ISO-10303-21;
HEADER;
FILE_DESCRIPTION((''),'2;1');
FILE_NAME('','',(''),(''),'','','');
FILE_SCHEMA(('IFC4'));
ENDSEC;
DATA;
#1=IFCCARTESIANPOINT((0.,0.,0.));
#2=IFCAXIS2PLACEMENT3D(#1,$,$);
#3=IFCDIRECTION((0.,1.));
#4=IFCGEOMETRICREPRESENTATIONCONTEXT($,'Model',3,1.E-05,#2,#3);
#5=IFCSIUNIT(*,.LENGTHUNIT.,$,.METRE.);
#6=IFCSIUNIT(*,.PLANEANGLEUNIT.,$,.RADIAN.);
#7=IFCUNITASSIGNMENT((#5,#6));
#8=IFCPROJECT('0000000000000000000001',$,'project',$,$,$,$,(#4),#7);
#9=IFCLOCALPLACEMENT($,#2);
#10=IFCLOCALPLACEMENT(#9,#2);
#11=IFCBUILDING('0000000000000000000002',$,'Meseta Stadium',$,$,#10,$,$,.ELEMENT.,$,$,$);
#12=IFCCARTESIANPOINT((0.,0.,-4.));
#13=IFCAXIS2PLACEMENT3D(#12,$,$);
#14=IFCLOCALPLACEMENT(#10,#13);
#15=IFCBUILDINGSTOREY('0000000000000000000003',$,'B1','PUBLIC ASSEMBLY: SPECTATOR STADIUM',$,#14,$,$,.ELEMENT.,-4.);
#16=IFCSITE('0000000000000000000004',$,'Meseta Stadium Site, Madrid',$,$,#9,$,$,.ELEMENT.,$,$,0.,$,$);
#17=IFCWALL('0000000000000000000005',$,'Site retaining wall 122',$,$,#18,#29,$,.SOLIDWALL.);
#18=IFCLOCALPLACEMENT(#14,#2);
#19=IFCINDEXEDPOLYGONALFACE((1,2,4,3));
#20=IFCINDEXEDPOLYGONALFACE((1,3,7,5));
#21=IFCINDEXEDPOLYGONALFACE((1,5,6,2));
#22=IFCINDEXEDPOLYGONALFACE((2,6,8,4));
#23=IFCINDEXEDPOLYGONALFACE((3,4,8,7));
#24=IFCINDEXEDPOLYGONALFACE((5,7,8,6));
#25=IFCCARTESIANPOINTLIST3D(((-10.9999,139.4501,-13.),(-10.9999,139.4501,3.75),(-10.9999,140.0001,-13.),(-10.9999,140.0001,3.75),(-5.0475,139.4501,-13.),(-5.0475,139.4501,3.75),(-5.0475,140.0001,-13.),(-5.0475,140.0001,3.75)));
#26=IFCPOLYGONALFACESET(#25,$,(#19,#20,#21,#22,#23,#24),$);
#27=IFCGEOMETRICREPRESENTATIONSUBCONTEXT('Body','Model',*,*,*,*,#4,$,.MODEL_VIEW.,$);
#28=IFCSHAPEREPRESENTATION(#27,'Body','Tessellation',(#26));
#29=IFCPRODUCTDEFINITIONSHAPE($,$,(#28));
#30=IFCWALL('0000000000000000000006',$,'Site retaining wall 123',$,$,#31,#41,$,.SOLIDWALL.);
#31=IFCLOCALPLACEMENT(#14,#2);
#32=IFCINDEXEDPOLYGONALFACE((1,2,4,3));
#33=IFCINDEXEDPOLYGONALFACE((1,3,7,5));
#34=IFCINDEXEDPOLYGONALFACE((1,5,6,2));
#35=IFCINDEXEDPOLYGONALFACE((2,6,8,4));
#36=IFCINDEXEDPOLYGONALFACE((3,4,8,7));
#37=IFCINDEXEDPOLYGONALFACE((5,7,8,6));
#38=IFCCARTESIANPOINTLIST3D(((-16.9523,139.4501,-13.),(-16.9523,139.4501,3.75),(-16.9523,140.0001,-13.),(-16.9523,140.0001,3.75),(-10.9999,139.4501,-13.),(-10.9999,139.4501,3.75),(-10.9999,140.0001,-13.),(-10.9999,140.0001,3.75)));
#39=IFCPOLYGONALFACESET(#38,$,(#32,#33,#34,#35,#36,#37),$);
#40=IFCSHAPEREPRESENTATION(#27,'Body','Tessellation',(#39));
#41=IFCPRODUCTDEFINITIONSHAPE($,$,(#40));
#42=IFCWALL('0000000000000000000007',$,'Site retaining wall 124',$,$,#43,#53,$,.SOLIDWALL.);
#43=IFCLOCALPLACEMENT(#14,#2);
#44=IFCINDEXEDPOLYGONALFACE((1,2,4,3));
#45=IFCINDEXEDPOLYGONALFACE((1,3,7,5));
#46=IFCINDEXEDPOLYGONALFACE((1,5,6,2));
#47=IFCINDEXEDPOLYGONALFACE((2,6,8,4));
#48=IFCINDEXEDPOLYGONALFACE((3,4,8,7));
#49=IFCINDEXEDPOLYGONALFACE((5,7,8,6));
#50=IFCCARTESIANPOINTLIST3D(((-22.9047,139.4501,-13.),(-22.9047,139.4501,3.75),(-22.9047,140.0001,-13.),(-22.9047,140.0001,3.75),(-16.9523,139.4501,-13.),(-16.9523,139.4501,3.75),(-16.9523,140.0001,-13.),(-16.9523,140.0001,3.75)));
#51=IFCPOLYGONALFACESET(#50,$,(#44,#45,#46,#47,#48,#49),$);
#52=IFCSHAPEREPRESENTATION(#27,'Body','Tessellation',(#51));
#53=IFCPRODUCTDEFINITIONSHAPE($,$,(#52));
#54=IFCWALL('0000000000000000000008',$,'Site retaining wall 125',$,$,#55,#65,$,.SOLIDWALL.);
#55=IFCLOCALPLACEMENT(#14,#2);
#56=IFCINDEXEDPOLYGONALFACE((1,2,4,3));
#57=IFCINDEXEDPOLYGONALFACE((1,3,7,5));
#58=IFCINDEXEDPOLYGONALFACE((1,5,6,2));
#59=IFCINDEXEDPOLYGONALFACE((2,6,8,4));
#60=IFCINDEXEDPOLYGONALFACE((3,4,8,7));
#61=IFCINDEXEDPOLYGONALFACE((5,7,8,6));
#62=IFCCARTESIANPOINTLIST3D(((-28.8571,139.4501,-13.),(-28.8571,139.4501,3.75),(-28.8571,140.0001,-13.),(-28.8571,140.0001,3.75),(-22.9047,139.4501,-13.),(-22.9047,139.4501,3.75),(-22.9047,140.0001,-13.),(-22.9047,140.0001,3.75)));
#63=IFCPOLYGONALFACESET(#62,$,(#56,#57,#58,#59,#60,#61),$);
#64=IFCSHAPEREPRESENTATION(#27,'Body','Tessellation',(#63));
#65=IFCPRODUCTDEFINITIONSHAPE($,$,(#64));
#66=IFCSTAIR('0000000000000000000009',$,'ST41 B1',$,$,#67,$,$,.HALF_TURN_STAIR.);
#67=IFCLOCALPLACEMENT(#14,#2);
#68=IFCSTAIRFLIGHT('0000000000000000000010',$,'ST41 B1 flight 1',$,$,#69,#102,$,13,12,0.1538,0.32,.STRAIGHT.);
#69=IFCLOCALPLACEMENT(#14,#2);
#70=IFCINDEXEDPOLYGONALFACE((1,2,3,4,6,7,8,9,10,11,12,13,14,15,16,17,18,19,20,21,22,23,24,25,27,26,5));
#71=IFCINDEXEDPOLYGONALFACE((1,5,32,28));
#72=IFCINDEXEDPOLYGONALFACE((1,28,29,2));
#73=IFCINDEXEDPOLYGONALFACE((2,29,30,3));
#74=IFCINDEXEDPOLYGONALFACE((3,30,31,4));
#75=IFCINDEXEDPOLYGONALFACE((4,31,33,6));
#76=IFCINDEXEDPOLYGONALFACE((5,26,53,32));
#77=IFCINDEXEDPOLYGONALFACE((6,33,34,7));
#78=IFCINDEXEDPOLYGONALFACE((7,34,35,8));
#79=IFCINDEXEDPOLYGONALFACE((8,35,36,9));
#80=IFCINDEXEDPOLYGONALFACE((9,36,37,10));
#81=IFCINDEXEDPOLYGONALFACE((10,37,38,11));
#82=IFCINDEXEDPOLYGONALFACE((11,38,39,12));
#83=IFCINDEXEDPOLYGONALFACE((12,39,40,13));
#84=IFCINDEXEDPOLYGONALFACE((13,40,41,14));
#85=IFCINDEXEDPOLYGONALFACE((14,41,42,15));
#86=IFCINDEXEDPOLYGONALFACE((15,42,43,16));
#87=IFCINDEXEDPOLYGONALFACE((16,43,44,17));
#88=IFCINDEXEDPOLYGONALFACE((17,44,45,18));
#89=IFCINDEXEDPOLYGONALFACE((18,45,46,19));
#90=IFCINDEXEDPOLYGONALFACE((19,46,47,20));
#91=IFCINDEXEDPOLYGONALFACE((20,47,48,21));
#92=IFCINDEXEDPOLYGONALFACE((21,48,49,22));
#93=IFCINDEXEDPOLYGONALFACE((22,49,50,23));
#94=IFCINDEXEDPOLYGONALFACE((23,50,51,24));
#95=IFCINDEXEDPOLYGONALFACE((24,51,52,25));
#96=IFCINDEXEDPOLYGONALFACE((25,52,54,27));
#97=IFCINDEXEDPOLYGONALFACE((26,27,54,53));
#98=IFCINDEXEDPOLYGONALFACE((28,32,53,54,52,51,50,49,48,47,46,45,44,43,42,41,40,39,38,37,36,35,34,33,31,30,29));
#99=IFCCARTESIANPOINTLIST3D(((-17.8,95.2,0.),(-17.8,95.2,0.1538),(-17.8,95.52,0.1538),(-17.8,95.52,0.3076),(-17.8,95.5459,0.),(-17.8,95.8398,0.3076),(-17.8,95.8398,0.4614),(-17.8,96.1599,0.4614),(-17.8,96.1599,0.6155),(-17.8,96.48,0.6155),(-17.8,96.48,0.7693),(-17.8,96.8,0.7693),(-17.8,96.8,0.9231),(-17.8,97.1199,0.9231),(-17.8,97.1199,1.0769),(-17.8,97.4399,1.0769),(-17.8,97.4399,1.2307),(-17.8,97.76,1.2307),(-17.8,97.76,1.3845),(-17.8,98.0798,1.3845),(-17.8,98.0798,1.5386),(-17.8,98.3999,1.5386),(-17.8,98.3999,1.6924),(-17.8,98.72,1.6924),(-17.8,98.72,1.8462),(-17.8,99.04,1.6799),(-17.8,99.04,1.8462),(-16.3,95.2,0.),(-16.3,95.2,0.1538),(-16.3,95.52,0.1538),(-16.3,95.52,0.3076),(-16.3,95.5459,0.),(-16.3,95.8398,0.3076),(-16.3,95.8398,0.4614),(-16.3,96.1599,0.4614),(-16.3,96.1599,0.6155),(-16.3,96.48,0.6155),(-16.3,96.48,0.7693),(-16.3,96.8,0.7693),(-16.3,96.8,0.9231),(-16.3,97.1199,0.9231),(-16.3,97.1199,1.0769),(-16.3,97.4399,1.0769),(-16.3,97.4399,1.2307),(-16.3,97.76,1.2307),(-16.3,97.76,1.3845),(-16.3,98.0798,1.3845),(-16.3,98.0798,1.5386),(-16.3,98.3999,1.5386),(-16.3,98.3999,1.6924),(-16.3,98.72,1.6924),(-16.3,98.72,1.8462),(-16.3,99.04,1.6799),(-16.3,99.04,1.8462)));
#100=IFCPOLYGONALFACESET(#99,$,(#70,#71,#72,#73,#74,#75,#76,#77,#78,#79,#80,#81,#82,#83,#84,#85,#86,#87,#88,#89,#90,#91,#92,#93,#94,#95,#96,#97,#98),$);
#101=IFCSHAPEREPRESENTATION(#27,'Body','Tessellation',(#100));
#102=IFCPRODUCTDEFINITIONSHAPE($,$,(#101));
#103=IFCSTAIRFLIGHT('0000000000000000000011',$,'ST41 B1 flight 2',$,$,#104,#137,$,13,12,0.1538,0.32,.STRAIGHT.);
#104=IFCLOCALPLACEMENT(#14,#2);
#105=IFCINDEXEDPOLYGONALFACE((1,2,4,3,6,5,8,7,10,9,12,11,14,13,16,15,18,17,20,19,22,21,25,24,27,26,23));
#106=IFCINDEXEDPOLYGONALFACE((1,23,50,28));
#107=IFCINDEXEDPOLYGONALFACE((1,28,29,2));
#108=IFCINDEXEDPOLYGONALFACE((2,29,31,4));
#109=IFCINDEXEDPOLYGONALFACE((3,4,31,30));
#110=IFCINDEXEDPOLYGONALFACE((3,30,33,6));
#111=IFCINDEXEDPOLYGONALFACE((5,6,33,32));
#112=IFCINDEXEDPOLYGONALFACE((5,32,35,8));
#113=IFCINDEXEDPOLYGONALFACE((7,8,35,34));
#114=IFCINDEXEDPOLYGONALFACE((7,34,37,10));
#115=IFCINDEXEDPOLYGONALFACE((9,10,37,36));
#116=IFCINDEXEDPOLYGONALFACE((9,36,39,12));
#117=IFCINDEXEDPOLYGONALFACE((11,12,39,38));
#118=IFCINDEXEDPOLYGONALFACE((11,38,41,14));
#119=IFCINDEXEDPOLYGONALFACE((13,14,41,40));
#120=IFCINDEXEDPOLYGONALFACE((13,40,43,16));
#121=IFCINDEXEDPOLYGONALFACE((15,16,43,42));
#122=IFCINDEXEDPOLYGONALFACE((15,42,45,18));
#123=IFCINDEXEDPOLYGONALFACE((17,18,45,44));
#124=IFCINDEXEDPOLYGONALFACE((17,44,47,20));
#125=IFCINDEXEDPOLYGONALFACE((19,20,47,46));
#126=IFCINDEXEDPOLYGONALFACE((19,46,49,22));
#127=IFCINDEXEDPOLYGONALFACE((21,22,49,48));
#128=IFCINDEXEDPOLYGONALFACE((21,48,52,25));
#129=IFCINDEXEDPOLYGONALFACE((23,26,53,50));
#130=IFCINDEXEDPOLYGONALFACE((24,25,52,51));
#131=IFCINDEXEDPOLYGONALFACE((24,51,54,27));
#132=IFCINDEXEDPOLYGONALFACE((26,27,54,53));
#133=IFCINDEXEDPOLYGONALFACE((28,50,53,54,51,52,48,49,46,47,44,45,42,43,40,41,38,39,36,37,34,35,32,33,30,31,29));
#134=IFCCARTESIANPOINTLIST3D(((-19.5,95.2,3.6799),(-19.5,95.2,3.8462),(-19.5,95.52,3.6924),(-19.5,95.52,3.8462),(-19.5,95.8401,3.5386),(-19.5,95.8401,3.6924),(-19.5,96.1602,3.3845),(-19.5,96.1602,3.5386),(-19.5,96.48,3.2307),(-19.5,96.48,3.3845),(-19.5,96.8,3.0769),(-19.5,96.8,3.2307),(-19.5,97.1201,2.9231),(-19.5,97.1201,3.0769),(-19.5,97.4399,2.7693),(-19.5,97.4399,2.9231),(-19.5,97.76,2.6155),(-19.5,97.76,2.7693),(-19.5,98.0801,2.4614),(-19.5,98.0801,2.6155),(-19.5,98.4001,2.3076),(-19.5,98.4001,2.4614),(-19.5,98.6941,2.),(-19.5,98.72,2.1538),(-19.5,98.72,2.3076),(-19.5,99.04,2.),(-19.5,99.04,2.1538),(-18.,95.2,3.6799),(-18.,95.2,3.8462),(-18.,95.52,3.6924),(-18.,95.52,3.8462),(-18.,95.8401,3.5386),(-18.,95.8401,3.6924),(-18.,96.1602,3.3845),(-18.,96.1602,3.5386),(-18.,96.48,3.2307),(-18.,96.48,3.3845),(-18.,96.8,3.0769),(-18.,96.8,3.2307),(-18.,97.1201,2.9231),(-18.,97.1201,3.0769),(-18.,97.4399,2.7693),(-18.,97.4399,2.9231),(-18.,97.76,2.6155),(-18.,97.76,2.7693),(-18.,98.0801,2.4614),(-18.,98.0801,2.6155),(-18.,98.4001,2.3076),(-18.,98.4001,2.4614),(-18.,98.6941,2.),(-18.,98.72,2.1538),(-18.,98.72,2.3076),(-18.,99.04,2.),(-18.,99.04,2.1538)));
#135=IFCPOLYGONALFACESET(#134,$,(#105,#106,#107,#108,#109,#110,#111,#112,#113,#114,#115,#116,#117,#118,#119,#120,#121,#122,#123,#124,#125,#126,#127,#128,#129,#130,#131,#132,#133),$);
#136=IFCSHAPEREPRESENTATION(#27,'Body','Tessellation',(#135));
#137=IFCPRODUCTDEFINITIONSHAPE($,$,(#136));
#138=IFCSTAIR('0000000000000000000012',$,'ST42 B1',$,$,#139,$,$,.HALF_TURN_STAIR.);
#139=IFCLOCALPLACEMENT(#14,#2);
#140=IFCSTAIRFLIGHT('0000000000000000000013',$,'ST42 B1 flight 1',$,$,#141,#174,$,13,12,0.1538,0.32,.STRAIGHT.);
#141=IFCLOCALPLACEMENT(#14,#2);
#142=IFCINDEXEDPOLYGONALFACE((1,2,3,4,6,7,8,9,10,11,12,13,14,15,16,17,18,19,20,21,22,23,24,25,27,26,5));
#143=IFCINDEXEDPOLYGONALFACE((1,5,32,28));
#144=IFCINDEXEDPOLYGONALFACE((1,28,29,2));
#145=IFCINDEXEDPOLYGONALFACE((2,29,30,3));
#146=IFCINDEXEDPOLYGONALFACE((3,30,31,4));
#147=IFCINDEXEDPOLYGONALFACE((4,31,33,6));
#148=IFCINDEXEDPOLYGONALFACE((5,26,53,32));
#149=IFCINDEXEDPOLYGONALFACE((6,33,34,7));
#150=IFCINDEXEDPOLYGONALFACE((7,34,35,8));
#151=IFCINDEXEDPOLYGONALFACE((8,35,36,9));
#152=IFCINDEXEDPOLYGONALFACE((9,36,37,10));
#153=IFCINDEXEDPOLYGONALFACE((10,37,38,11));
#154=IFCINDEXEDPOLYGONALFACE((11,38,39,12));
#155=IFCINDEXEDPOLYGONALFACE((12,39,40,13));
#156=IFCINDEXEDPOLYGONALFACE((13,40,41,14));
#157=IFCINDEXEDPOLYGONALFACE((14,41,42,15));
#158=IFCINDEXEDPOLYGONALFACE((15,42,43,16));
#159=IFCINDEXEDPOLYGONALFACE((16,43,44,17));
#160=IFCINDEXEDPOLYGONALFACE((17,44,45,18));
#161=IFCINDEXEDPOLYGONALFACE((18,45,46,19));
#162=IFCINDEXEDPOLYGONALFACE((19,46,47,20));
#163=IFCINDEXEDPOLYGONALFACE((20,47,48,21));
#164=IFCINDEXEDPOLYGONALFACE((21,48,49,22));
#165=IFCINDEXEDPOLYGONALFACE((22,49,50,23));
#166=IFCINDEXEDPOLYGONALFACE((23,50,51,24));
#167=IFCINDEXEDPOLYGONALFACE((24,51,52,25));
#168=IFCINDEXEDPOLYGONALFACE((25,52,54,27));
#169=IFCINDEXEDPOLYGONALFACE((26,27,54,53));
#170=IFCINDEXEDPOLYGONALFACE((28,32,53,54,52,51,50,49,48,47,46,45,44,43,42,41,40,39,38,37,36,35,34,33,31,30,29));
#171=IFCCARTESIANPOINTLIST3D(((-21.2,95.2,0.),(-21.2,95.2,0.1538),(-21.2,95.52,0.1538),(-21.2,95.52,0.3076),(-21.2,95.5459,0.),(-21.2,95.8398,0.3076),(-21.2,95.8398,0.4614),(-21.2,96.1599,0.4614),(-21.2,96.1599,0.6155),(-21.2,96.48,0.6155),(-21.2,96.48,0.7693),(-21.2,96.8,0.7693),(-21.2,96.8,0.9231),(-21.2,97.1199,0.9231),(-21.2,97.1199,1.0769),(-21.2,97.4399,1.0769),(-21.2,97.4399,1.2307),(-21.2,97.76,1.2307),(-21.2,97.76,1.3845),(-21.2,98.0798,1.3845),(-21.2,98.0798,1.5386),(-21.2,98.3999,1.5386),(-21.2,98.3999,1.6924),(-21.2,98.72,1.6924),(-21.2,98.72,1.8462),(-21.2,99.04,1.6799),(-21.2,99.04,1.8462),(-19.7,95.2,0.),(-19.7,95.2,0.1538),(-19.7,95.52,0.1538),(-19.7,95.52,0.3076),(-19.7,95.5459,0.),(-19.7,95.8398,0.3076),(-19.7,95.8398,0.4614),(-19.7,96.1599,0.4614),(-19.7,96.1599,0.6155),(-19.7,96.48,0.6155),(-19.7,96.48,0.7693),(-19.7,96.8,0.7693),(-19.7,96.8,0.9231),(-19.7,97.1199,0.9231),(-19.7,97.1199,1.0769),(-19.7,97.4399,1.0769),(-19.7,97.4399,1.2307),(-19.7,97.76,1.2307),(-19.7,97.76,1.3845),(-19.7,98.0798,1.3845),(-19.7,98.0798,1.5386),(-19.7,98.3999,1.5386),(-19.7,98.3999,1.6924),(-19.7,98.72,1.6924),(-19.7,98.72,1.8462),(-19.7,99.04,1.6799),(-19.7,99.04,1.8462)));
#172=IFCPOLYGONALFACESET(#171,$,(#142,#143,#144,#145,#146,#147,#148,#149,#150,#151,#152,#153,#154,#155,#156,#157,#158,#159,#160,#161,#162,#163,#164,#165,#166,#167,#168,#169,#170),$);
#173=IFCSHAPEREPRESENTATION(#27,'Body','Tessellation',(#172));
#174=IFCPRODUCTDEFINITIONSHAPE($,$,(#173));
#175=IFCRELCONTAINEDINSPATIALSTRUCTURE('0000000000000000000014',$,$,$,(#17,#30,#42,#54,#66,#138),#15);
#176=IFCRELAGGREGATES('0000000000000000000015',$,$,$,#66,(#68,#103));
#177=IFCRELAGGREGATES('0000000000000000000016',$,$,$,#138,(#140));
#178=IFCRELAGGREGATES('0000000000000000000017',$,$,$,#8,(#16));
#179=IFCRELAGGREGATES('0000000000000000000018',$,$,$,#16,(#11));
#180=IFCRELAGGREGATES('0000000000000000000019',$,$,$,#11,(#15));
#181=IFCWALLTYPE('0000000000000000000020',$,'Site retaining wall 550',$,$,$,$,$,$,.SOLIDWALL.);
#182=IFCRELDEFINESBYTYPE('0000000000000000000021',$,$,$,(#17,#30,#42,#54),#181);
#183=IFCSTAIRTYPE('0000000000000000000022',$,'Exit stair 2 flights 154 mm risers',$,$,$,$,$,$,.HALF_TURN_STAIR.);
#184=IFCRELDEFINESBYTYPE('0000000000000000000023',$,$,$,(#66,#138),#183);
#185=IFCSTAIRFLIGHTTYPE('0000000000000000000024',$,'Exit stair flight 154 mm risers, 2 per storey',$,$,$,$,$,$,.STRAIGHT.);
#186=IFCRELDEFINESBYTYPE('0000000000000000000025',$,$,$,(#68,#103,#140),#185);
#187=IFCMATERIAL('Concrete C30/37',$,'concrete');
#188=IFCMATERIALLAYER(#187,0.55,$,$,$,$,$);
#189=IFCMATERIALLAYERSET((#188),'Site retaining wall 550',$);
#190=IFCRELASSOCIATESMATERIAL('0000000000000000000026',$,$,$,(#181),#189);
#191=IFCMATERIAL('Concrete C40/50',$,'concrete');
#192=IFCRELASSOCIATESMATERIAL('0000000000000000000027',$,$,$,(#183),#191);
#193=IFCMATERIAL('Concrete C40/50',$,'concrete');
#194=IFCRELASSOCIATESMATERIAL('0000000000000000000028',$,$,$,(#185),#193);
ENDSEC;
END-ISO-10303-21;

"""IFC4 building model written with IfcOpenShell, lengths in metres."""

from ifc_helpers import new_model, si_unit, direction, frame, frame_2d, origin, place, context, subcontext, project, spatial, polyline, rectangle, outline, extrude, material, layer, layer_set, type_object, element, aggregate, save


model = new_model("IFC4")

# Units and contexts
model_context = context("Model", 3, precision=1e-05, world=origin(), true_north=direction((0.0, 1.0)))
body_context = subcontext(model_context, "Body", "Model", "MODEL_VIEW")
ifc_project = project(units=[si_unit("LENGTHUNIT", "METRE"), si_unit("PLANEANGLEUNIT", "RADIAN")], contexts=[model_context])

# Site, building, storey
site_placement = place(None, origin())
site = spatial("IfcSite", under=ifc_project, at=site_placement, Name="Meseta Stadium Site, Madrid", CompositionType="ELEMENT", RefElevation=0.0)
building_placement = place(site_placement, origin())
building = spatial("IfcBuilding", under=site, at=building_placement, Name="Meseta Stadium", CompositionType="ELEMENT")
storey_placement = place(building_placement, frame((0.0, 0.0, -4.0)))
storey = spatial("IfcBuildingStorey", under=building, at=storey_placement, Name="B1", Description="PUBLIC ASSEMBLY: SPECTATOR STADIUM", CompositionType="ELEMENT", Elevation=-4.0)

# Walls
ifc_material_1 = material(Name="Concrete C30/37", Category="concrete")
ifc_layer_1 = layer(ifc_material_1, 0.55)
ifc_layer_set_1 = layer_set([ifc_layer_1], Name="Site retaining wall 550")
wall_type_1 = type_object("IfcWallType", Name="Site retaining wall 550", PredefinedType="SOLIDWALL", material=ifc_layer_set_1)
for number, where, z_axis, x_axis, name in (
    (1, (-5.0476, 139.7251, -13.0), (0.0, 0.0, 1.0), (-1.0, 0.0, 0.0), "Site retaining wall 122"),
    (2, (-11.0, 139.7251, -13.0), (0.0, 0.0, 1.0), (-1.0, 0.0, 0.0), "Site retaining wall 123"),
    (3, (-16.9524, 139.7251, -13.0), (0.0, 0.0, 1.0), (-1.0, 0.0, 0.0), "Site retaining wall 124"),
    (4, (-22.9048, 139.7251, -13.0), (0.0, 0.0, 1.0), (-1.0, 0.0, 0.0), "Site retaining wall 125"),
):
    element("IfcWall", number, at=place(storey_placement, frame(where, z_axis=z_axis, x_axis=x_axis)), inside=storey, type_object=wall_type_1, Name=name, PredefinedType="SOLIDWALL", context=body_context, shape_type="SweptSolid", body=[
        extrude(rectangle(XDim=5.9524, YDim=0.55, at=frame_2d((2.9761, 0.0))), origin(), (0.0, 0.0, 1.0), 16.75),
    ])

# Stairs, stair flights
ifc_material_2 = material(Name="Concrete C40/50", Category="concrete")
stair_type = type_object("IfcStairType", Name="Exit stair 2 flights 154 mm risers", PredefinedType="HALF_TURN_STAIR", material=ifc_material_2)
stair_1_placement = place(storey_placement, origin())
stair_1 = element("IfcStair", 5, at=stair_1_placement, inside=storey, type_object=stair_type, Name="ST41 B1", PredefinedType="HALF_TURN_STAIR")
ifc_material_3 = material(Name="Concrete C40/50", Category="concrete")
stair_flight_type = type_object("IfcStairFlightType", Name="Exit stair flight 154 mm risers, 2 per storey", PredefinedType="STRAIGHT", material=ifc_material_3)
stair_flight_1_placement = place(storey_placement, frame((-17.05, 95.2, 0.0), z_axis=(0.0, 0.0, 1.0), x_axis=(0.0, 1.0, 0.0)))
stair_flight_1 = element("IfcStairFlight", 6, at=stair_flight_1_placement, type_object=stair_flight_type, Name="ST41 B1 flight 1", NumberOfRisers=13, NumberOfTreads=12, PredefinedType="STRAIGHT", RiserHeight=0.1538, TreadLength=0.32, context=body_context, shape_type="SweptSolid", body=[
    extrude(outline(polyline([(0.0, 0.0), (0.0, 0.1538), (0.3201, 0.1538), (0.3201, 0.3076), (0.6399, 0.3076), (0.6399, 0.4614), (0.96, 0.4614), (0.96, 0.6155), (1.28, 0.6155), (1.28, 0.7693), (1.6001, 0.7693), (1.6001, 0.9231), (1.9199, 0.9231), (1.9199, 1.0769), (2.24, 1.0769), (2.24, 1.2307), (2.5601, 1.2307), (2.5601, 1.3845), (2.8799, 1.3845), (2.8799, 1.5386), (3.2, 1.5386), (3.2, 1.6924), (3.52, 1.6924), (3.52, 1.8462), (3.8401, 1.8462), (3.8401, 1.6799), (0.3459, 0.0), (0.0, 0.0)])), frame((0.0, 0.75, 0.0), z_axis=(0.0, -1.0, 0.0), x_axis=(1.0, 0.0, 0.0)), (0.0, 0.0, 1.0), 1.5),
])
stair_flight_2_placement = place(storey_placement, frame((-18.75, 99.04, 2.0), z_axis=(0.0, 0.0, 1.0), x_axis=(0.0, -1.0, 0.0)))
stair_flight_2 = element("IfcStairFlight", 7, at=stair_flight_2_placement, type_object=stair_flight_type, Name="ST41 B1 flight 2", NumberOfRisers=13, NumberOfTreads=12, PredefinedType="STRAIGHT", RiserHeight=0.1538, TreadLength=0.32, context=body_context, shape_type="SweptSolid", body=[
    extrude(outline(polyline([(0.0, 0.0), (0.0, 0.1538), (0.3201, 0.1538), (0.3201, 0.3076), (0.6399, 0.3076), (0.6399, 0.4614), (0.96, 0.4614), (0.96, 0.6155), (1.28, 0.6155), (1.28, 0.7693), (1.6001, 0.7693), (1.6001, 0.9231), (1.9199, 0.9231), (1.9199, 1.0769), (2.24, 1.0769), (2.24, 1.2307), (2.5601, 1.2307), (2.5601, 1.3845), (2.8799, 1.3845), (2.8799, 1.5386), (3.2, 1.5386), (3.2, 1.6924), (3.52, 1.6924), (3.52, 1.8462), (3.8401, 1.8462), (3.8401, 1.6799), (0.3459, 0.0), (0.0, 0.0)])), frame((0.0, 0.75, 0.0), z_axis=(0.0, -1.0, 0.0), x_axis=(1.0, 0.0, 0.0)), (0.0, 0.0, 1.0), 1.5),
])
aggregate(stair_1, [stair_flight_1, stair_flight_2])
stair_2_placement = place(storey_placement, origin())
stair_2 = element("IfcStair", 8, at=stair_2_placement, inside=storey, type_object=stair_type, Name="ST42 B1", PredefinedType="HALF_TURN_STAIR")
stair_flight_3_placement = place(storey_placement, frame((-20.45, 95.2, 0.0), z_axis=(0.0, 0.0, 1.0), x_axis=(0.0, 1.0, 0.0)))
stair_flight_3 = element("IfcStairFlight", 9, at=stair_flight_3_placement, type_object=stair_flight_type, Name="ST42 B1 flight 1", NumberOfRisers=13, NumberOfTreads=12, PredefinedType="STRAIGHT", RiserHeight=0.1538, TreadLength=0.32, context=body_context, shape_type="SweptSolid", body=[
    extrude(outline(polyline([(0.0, 0.0), (0.0, 0.1538), (0.3201, 0.1538), (0.3201, 0.3076), (0.6399, 0.3076), (0.6399, 0.4614), (0.96, 0.4614), (0.96, 0.6155), (1.28, 0.6155), (1.28, 0.7693), (1.6001, 0.7693), (1.6001, 0.9231), (1.9199, 0.9231), (1.9199, 1.0769), (2.24, 1.0769), (2.24, 1.2307), (2.5601, 1.2307), (2.5601, 1.3845), (2.8799, 1.3845), (2.8799, 1.5386), (3.2, 1.5386), (3.2, 1.6924), (3.52, 1.6924), (3.52, 1.8462), (3.8401, 1.8462), (3.8401, 1.6799), (0.3459, 0.0), (0.0, 0.0)])), frame((0.0, 0.75, 0.0), z_axis=(0.0, -1.0, 0.0), x_axis=(1.0, 0.0, 0.0)), (0.0, 0.0, 1.0), 1.5),
])
aggregate(stair_2, [stair_flight_3])

save(model, "model.ifc")
